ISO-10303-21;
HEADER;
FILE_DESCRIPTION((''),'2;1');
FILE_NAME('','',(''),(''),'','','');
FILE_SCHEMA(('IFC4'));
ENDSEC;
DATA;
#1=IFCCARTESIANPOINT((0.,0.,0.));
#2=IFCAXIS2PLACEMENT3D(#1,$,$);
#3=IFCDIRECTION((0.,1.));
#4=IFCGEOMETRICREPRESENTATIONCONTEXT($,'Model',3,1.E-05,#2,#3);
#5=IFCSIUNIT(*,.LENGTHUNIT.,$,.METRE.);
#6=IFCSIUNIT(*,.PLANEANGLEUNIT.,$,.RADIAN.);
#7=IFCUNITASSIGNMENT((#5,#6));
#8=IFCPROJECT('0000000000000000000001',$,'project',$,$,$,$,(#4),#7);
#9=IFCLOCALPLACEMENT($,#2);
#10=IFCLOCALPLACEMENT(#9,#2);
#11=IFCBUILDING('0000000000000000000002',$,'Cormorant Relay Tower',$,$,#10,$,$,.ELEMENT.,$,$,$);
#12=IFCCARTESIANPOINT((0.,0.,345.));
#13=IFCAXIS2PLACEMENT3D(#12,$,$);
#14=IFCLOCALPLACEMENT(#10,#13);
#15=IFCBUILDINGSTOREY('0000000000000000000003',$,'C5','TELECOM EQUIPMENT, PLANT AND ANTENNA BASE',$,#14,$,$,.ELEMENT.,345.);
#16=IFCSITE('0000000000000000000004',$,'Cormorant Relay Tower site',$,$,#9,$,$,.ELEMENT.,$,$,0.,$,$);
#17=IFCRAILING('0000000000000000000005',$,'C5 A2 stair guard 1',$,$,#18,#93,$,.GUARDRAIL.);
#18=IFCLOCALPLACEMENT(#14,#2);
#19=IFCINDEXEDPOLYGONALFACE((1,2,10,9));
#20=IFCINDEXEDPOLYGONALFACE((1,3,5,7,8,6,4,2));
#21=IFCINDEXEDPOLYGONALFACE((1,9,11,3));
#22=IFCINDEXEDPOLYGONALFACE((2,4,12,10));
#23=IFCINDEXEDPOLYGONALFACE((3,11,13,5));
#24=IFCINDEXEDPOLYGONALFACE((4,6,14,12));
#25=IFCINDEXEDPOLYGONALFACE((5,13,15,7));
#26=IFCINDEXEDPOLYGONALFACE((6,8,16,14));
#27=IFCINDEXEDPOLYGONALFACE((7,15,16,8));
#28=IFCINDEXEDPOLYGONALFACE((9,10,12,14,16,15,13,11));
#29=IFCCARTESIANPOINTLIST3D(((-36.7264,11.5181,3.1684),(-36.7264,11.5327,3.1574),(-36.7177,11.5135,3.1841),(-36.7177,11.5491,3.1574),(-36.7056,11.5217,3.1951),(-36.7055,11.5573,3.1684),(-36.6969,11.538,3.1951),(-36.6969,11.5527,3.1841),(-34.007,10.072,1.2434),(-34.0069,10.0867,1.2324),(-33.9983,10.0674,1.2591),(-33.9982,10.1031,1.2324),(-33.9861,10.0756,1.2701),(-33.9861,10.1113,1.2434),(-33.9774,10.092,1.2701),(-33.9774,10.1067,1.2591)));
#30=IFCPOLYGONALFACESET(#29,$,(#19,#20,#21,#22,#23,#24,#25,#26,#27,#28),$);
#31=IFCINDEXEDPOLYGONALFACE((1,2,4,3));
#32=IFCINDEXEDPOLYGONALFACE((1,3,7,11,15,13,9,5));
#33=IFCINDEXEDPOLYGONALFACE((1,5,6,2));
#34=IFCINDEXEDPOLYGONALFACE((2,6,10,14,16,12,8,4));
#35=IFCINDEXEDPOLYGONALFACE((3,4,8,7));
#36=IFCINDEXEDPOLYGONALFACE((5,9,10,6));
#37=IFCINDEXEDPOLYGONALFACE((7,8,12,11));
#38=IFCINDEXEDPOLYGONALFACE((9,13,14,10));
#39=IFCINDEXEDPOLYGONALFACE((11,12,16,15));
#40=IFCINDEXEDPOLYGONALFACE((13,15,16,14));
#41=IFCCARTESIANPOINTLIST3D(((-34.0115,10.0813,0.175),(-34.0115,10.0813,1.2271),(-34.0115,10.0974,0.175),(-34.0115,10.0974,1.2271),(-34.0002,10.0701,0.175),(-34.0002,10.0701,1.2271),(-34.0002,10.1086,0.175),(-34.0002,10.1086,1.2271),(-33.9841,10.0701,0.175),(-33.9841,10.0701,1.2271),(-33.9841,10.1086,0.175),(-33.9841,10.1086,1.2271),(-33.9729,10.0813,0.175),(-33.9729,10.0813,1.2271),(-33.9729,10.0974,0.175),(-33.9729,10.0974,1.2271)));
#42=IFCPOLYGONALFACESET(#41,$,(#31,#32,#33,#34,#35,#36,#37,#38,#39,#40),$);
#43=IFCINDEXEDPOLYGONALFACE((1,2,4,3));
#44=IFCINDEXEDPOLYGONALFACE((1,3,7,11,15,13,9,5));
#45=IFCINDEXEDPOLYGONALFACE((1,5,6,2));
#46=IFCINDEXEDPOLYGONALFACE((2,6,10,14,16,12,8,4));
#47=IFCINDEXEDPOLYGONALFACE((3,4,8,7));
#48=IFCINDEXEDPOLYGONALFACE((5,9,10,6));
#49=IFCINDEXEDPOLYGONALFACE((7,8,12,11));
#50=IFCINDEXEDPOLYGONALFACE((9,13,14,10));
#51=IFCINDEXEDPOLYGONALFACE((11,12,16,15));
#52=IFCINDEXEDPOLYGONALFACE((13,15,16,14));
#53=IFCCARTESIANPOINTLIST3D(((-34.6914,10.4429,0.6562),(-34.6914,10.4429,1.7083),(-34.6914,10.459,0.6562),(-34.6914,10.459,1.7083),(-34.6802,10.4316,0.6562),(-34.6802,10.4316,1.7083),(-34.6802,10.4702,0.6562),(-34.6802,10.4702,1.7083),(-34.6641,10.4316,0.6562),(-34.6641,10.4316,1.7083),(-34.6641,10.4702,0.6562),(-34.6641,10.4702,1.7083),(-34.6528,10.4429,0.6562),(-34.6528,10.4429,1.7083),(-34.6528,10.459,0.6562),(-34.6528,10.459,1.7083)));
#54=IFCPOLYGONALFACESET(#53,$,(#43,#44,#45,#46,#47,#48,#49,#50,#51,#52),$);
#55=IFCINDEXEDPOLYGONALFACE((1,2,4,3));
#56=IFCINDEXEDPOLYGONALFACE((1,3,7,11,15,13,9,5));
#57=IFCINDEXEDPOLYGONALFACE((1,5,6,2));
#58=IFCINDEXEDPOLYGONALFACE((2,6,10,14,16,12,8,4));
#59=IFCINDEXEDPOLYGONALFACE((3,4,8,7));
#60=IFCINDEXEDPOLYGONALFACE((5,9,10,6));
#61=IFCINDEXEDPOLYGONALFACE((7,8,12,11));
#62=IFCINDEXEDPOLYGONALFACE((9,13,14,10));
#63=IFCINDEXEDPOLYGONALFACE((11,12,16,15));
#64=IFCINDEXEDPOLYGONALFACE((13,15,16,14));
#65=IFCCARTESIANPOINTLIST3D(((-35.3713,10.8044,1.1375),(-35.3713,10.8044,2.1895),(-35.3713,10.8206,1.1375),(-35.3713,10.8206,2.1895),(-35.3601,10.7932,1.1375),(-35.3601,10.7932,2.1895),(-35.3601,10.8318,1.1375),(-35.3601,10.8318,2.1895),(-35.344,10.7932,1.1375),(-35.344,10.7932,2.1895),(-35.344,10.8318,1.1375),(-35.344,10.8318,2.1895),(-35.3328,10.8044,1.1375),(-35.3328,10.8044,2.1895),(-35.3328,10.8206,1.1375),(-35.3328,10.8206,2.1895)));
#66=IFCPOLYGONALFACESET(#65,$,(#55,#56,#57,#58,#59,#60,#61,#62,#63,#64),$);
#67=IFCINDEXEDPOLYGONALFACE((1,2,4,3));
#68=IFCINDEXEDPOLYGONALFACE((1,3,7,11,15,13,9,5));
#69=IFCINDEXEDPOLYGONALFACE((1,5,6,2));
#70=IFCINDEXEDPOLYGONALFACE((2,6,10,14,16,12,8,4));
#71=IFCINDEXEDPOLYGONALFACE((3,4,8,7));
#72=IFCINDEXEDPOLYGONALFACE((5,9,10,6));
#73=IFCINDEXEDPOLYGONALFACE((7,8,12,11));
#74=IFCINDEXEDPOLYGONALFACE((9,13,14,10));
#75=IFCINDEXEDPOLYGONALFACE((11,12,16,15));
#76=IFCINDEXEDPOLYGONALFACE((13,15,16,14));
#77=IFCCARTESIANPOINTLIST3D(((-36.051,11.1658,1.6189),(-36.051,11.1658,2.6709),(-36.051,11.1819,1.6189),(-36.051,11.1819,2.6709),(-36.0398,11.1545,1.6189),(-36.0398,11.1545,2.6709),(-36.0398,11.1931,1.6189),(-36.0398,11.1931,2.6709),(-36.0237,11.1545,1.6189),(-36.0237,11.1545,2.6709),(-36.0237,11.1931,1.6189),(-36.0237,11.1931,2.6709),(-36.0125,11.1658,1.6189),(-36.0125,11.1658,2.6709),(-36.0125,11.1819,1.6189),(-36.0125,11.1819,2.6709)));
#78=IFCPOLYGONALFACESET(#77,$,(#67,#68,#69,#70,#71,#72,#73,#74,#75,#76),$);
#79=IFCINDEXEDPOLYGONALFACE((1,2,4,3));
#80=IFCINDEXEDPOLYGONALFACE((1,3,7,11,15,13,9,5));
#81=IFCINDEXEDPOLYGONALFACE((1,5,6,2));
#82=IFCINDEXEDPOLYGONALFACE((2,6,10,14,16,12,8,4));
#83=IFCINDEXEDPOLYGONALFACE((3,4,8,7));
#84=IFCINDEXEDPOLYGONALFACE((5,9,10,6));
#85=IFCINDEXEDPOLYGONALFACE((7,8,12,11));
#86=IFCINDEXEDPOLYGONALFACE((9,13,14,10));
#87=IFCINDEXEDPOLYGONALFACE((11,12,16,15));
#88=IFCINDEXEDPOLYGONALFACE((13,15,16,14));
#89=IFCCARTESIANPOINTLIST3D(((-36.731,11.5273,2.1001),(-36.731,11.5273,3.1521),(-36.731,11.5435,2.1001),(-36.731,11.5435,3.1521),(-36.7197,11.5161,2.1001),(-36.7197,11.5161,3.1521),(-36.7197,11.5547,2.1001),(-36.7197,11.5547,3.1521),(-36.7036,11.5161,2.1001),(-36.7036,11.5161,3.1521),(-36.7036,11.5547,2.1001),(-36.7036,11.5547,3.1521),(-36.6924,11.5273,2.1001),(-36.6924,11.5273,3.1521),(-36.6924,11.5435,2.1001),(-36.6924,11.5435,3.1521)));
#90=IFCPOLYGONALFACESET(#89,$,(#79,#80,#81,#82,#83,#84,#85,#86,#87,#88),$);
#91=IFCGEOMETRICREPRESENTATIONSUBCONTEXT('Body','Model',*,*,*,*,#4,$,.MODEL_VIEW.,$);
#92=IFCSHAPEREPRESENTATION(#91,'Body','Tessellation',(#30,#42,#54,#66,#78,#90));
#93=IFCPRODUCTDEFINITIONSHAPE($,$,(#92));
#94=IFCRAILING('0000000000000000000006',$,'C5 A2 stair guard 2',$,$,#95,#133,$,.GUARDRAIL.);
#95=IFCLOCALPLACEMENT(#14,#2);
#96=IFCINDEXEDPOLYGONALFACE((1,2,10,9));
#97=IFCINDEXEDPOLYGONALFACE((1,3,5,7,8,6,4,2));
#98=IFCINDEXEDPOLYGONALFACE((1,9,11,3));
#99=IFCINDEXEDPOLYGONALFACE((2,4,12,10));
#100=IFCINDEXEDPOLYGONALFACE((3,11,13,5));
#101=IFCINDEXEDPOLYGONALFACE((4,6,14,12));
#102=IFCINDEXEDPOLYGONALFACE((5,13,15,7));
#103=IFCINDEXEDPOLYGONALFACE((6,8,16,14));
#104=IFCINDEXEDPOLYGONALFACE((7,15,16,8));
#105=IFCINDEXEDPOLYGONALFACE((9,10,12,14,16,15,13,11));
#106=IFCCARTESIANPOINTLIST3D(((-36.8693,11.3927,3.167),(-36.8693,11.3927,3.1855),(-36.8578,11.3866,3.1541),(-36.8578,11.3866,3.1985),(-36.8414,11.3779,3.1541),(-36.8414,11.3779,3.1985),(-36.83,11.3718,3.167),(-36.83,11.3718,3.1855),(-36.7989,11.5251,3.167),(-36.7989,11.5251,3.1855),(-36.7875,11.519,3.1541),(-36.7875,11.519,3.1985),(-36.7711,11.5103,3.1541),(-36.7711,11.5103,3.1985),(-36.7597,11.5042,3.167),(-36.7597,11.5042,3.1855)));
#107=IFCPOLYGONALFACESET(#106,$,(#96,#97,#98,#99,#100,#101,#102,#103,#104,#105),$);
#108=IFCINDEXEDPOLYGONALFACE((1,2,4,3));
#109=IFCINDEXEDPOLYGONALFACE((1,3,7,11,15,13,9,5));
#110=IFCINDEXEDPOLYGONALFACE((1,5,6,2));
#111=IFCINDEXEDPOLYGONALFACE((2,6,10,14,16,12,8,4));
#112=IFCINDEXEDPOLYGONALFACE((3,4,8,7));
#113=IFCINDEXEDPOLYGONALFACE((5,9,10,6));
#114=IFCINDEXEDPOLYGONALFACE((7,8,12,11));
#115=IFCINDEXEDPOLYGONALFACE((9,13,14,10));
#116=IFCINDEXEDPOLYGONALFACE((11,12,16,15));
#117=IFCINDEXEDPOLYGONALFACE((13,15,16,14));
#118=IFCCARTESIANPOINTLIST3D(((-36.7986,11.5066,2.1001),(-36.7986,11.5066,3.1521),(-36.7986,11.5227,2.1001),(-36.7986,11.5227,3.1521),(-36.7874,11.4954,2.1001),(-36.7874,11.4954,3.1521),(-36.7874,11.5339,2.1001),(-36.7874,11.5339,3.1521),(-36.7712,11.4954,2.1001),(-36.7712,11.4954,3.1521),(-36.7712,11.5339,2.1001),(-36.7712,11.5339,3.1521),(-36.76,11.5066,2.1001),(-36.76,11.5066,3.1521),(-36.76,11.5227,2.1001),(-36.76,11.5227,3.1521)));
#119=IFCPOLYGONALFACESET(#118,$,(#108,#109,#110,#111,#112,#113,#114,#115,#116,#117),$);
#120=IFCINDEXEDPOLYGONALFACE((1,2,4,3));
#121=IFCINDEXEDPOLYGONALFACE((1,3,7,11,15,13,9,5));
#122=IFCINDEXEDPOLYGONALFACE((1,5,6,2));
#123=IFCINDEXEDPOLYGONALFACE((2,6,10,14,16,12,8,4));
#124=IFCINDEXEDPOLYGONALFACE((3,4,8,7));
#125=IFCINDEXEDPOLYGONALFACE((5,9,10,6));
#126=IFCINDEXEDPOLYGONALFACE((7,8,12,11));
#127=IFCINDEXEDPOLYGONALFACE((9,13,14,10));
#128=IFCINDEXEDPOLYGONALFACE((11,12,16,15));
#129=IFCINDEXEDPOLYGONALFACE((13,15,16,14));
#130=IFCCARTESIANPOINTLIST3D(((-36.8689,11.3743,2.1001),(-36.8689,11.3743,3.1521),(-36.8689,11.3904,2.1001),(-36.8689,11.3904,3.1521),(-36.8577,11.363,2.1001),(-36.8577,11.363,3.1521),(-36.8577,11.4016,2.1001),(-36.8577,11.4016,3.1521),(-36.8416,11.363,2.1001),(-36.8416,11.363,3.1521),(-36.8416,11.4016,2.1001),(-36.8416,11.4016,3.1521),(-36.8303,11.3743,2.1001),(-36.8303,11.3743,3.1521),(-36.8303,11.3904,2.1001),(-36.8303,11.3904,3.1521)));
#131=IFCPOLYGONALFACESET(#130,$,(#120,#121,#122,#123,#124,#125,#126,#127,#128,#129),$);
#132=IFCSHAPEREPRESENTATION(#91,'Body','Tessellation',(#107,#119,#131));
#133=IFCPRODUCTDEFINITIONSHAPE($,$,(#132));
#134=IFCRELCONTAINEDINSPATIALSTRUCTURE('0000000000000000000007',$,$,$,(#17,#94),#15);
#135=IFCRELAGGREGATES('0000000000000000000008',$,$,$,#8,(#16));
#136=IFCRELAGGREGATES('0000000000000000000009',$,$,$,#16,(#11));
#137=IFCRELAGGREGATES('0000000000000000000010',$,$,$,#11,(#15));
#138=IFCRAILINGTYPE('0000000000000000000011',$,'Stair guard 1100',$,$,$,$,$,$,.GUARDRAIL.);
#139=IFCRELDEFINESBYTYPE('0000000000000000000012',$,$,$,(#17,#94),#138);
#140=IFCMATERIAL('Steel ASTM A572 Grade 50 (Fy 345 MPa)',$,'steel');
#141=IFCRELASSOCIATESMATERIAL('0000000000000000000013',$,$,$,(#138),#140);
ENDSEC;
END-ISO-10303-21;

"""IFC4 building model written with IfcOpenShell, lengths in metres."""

from ifc_helpers import new_model, si_unit, direction, frame, origin, place, context, subcontext, project, spatial, polyline, outline, extrude, material, type_object, element, save


model = new_model("IFC4")

# Units and contexts
model_context = context("Model", 3, precision=1e-05, world=origin(), true_north=direction((0.0, 1.0)))
body_context = subcontext(model_context, "Body", "Model", "MODEL_VIEW")
ifc_project = project(units=[si_unit("LENGTHUNIT", "METRE"), si_unit("PLANEANGLEUNIT", "RADIAN")], contexts=[model_context])

# Site, building, storey
site_placement = place(None, origin())
site = spatial("IfcSite", under=ifc_project, at=site_placement, Name="Cormorant Relay Tower site", CompositionType="ELEMENT", RefElevation=0.0)
building_placement = place(site_placement, origin())
building = spatial("IfcBuilding", under=site, at=building_placement, Name="Cormorant Relay Tower", CompositionType="ELEMENT")
storey_placement = place(building_placement, frame((0.0, 0.0, 345.0)))
storey = spatial("IfcBuildingStorey", under=building, at=storey_placement, Name="C5", Description="TELECOM EQUIPMENT, PLANT AND ANTENNA BASE", CompositionType="ELEMENT", Elevation=345.0)

# Railings
ifc_material_1 = material(Name="Steel ASTM A572 Grade 50 (Fy 345 MPa)", Category="steel")
railing_type_1 = type_object("IfcRailingType", Name="Stair guard 1100", PredefinedType="GUARDRAIL", material=ifc_material_1)
railing_1_placement = place(storey_placement, frame((-33.9922, 10.0894, 0.175)))
element("IfcRailing", 1, at=railing_1_placement, inside=storey, type_object=railing_type_1, Name="C5 A2 stair guard 1", PredefinedType="GUARDRAIL", context=body_context, shape_type="SweptSolid", body=[
    extrude(outline(polyline([(0.0222, 0.0093), (0.0093, 0.0222), (-0.0093, 0.0222), (-0.0222, 0.0093), (-0.0222, -0.0093), (-0.0093, -0.0222), (0.0093, -0.0222), (0.0222, -0.0093), (0.0222, 0.0093)])), frame((0.0, 0.0, 1.0762), z_axis=(-0.748727, 0.398125, 0.530004), x_axis=(-0.469489, -0.882938, 0.0)), (0.0, 0.0, 1.0), 3.6321),
    extrude(outline(polyline([(0.0193, 0.0081), (0.0081, 0.0193), (-0.0081, 0.0193), (-0.0193, 0.0081), (-0.0193, -0.0081), (-0.0081, -0.0193), (0.0081, -0.0193), (0.0193, -0.0081), (0.0193, 0.0081)])), origin(), (0.0, 0.0, 1.0), 1.052),
    extrude(outline(polyline([(0.0193, 0.0081), (0.0081, 0.0193), (-0.0081, 0.0193), (-0.0193, 0.0081), (-0.0193, -0.0081), (-0.0081, -0.0193), (0.0081, -0.0193), (0.0193, -0.0081), (0.0193, 0.0081)])), frame((-0.6799, 0.3616, 0.4812)), (0.0, 0.0, 1.0), 1.052),
    extrude(outline(polyline([(0.0193, 0.0081), (0.0081, 0.0193), (-0.0081, 0.0193), (-0.0193, 0.0081), (-0.0193, -0.0081), (-0.0081, -0.0193), (0.0081, -0.0193), (0.0193, -0.0081), (0.0193, 0.0081)])), frame((-1.3599, 0.7231, 0.9624)), (0.0, 0.0, 1.0), 1.052),
    extrude(outline(polyline([(0.0193, 0.0081), (0.0081, 0.0193), (-0.0081, 0.0193), (-0.0193, 0.0081), (-0.0193, -0.0081), (-0.0081, -0.0193), (0.0081, -0.0193), (0.0193, -0.0081), (0.0193, 0.0081)])), frame((-2.0396, 1.0845, 1.4438)), (0.0, 0.0, 1.0), 1.052),
    extrude(outline(polyline([(0.0193, 0.0081), (0.0081, 0.0193), (-0.0081, 0.0193), (-0.0193, 0.0081), (-0.0193, -0.0081), (-0.0081, -0.0193), (0.0081, -0.0193), (0.0193, -0.0081), (0.0193, 0.0081)])), frame((-2.7195, 1.446, 1.925)), (0.0, 0.0, 1.0), 1.052),
])
railing_2_placement = place(storey_placement, frame((-36.7793, 11.5146, 2.1001)))
element("IfcRailing", 2, at=railing_2_placement, inside=storey, type_object=railing_type_1, Name="C5 A2 stair guard 2", PredefinedType="GUARDRAIL", context=body_context, shape_type="SweptSolid", body=[
    extrude(outline(polyline([(0.0222, 0.0093), (0.0093, 0.0222), (-0.0093, 0.0222), (-0.0222, 0.0093), (-0.0222, -0.0093), (-0.0093, -0.0222), (0.0093, -0.0222), (0.0222, -0.0093), (0.0222, 0.0093)])), frame((0.0, 0.0, 1.0762), z_axis=(-0.469235, -0.883074, 0.0), x_axis=(0.883074, -0.469235, 0.0)), (0.0, 0.0, 1.0), 0.1499),
    extrude(outline(polyline([(0.0193, 0.0081), (0.0081, 0.0193), (-0.0081, 0.0193), (-0.0193, 0.0081), (-0.0193, -0.0081), (-0.0081, -0.0193), (0.0081, -0.0193), (0.0193, -0.0081), (0.0193, 0.0081)])), origin(), (0.0, 0.0, 1.0), 1.052),
    extrude(outline(polyline([(0.0193, 0.0081), (0.0081, 0.0193), (-0.0081, 0.0193), (-0.0193, 0.0081), (-0.0193, -0.0081), (-0.0081, -0.0193), (0.0081, -0.0193), (0.0193, -0.0081), (0.0193, 0.0081)])), frame((-0.0703, -0.1323, 0.0)), (0.0, 0.0, 1.0), 1.052),
])

save(model, "model.ifc")
